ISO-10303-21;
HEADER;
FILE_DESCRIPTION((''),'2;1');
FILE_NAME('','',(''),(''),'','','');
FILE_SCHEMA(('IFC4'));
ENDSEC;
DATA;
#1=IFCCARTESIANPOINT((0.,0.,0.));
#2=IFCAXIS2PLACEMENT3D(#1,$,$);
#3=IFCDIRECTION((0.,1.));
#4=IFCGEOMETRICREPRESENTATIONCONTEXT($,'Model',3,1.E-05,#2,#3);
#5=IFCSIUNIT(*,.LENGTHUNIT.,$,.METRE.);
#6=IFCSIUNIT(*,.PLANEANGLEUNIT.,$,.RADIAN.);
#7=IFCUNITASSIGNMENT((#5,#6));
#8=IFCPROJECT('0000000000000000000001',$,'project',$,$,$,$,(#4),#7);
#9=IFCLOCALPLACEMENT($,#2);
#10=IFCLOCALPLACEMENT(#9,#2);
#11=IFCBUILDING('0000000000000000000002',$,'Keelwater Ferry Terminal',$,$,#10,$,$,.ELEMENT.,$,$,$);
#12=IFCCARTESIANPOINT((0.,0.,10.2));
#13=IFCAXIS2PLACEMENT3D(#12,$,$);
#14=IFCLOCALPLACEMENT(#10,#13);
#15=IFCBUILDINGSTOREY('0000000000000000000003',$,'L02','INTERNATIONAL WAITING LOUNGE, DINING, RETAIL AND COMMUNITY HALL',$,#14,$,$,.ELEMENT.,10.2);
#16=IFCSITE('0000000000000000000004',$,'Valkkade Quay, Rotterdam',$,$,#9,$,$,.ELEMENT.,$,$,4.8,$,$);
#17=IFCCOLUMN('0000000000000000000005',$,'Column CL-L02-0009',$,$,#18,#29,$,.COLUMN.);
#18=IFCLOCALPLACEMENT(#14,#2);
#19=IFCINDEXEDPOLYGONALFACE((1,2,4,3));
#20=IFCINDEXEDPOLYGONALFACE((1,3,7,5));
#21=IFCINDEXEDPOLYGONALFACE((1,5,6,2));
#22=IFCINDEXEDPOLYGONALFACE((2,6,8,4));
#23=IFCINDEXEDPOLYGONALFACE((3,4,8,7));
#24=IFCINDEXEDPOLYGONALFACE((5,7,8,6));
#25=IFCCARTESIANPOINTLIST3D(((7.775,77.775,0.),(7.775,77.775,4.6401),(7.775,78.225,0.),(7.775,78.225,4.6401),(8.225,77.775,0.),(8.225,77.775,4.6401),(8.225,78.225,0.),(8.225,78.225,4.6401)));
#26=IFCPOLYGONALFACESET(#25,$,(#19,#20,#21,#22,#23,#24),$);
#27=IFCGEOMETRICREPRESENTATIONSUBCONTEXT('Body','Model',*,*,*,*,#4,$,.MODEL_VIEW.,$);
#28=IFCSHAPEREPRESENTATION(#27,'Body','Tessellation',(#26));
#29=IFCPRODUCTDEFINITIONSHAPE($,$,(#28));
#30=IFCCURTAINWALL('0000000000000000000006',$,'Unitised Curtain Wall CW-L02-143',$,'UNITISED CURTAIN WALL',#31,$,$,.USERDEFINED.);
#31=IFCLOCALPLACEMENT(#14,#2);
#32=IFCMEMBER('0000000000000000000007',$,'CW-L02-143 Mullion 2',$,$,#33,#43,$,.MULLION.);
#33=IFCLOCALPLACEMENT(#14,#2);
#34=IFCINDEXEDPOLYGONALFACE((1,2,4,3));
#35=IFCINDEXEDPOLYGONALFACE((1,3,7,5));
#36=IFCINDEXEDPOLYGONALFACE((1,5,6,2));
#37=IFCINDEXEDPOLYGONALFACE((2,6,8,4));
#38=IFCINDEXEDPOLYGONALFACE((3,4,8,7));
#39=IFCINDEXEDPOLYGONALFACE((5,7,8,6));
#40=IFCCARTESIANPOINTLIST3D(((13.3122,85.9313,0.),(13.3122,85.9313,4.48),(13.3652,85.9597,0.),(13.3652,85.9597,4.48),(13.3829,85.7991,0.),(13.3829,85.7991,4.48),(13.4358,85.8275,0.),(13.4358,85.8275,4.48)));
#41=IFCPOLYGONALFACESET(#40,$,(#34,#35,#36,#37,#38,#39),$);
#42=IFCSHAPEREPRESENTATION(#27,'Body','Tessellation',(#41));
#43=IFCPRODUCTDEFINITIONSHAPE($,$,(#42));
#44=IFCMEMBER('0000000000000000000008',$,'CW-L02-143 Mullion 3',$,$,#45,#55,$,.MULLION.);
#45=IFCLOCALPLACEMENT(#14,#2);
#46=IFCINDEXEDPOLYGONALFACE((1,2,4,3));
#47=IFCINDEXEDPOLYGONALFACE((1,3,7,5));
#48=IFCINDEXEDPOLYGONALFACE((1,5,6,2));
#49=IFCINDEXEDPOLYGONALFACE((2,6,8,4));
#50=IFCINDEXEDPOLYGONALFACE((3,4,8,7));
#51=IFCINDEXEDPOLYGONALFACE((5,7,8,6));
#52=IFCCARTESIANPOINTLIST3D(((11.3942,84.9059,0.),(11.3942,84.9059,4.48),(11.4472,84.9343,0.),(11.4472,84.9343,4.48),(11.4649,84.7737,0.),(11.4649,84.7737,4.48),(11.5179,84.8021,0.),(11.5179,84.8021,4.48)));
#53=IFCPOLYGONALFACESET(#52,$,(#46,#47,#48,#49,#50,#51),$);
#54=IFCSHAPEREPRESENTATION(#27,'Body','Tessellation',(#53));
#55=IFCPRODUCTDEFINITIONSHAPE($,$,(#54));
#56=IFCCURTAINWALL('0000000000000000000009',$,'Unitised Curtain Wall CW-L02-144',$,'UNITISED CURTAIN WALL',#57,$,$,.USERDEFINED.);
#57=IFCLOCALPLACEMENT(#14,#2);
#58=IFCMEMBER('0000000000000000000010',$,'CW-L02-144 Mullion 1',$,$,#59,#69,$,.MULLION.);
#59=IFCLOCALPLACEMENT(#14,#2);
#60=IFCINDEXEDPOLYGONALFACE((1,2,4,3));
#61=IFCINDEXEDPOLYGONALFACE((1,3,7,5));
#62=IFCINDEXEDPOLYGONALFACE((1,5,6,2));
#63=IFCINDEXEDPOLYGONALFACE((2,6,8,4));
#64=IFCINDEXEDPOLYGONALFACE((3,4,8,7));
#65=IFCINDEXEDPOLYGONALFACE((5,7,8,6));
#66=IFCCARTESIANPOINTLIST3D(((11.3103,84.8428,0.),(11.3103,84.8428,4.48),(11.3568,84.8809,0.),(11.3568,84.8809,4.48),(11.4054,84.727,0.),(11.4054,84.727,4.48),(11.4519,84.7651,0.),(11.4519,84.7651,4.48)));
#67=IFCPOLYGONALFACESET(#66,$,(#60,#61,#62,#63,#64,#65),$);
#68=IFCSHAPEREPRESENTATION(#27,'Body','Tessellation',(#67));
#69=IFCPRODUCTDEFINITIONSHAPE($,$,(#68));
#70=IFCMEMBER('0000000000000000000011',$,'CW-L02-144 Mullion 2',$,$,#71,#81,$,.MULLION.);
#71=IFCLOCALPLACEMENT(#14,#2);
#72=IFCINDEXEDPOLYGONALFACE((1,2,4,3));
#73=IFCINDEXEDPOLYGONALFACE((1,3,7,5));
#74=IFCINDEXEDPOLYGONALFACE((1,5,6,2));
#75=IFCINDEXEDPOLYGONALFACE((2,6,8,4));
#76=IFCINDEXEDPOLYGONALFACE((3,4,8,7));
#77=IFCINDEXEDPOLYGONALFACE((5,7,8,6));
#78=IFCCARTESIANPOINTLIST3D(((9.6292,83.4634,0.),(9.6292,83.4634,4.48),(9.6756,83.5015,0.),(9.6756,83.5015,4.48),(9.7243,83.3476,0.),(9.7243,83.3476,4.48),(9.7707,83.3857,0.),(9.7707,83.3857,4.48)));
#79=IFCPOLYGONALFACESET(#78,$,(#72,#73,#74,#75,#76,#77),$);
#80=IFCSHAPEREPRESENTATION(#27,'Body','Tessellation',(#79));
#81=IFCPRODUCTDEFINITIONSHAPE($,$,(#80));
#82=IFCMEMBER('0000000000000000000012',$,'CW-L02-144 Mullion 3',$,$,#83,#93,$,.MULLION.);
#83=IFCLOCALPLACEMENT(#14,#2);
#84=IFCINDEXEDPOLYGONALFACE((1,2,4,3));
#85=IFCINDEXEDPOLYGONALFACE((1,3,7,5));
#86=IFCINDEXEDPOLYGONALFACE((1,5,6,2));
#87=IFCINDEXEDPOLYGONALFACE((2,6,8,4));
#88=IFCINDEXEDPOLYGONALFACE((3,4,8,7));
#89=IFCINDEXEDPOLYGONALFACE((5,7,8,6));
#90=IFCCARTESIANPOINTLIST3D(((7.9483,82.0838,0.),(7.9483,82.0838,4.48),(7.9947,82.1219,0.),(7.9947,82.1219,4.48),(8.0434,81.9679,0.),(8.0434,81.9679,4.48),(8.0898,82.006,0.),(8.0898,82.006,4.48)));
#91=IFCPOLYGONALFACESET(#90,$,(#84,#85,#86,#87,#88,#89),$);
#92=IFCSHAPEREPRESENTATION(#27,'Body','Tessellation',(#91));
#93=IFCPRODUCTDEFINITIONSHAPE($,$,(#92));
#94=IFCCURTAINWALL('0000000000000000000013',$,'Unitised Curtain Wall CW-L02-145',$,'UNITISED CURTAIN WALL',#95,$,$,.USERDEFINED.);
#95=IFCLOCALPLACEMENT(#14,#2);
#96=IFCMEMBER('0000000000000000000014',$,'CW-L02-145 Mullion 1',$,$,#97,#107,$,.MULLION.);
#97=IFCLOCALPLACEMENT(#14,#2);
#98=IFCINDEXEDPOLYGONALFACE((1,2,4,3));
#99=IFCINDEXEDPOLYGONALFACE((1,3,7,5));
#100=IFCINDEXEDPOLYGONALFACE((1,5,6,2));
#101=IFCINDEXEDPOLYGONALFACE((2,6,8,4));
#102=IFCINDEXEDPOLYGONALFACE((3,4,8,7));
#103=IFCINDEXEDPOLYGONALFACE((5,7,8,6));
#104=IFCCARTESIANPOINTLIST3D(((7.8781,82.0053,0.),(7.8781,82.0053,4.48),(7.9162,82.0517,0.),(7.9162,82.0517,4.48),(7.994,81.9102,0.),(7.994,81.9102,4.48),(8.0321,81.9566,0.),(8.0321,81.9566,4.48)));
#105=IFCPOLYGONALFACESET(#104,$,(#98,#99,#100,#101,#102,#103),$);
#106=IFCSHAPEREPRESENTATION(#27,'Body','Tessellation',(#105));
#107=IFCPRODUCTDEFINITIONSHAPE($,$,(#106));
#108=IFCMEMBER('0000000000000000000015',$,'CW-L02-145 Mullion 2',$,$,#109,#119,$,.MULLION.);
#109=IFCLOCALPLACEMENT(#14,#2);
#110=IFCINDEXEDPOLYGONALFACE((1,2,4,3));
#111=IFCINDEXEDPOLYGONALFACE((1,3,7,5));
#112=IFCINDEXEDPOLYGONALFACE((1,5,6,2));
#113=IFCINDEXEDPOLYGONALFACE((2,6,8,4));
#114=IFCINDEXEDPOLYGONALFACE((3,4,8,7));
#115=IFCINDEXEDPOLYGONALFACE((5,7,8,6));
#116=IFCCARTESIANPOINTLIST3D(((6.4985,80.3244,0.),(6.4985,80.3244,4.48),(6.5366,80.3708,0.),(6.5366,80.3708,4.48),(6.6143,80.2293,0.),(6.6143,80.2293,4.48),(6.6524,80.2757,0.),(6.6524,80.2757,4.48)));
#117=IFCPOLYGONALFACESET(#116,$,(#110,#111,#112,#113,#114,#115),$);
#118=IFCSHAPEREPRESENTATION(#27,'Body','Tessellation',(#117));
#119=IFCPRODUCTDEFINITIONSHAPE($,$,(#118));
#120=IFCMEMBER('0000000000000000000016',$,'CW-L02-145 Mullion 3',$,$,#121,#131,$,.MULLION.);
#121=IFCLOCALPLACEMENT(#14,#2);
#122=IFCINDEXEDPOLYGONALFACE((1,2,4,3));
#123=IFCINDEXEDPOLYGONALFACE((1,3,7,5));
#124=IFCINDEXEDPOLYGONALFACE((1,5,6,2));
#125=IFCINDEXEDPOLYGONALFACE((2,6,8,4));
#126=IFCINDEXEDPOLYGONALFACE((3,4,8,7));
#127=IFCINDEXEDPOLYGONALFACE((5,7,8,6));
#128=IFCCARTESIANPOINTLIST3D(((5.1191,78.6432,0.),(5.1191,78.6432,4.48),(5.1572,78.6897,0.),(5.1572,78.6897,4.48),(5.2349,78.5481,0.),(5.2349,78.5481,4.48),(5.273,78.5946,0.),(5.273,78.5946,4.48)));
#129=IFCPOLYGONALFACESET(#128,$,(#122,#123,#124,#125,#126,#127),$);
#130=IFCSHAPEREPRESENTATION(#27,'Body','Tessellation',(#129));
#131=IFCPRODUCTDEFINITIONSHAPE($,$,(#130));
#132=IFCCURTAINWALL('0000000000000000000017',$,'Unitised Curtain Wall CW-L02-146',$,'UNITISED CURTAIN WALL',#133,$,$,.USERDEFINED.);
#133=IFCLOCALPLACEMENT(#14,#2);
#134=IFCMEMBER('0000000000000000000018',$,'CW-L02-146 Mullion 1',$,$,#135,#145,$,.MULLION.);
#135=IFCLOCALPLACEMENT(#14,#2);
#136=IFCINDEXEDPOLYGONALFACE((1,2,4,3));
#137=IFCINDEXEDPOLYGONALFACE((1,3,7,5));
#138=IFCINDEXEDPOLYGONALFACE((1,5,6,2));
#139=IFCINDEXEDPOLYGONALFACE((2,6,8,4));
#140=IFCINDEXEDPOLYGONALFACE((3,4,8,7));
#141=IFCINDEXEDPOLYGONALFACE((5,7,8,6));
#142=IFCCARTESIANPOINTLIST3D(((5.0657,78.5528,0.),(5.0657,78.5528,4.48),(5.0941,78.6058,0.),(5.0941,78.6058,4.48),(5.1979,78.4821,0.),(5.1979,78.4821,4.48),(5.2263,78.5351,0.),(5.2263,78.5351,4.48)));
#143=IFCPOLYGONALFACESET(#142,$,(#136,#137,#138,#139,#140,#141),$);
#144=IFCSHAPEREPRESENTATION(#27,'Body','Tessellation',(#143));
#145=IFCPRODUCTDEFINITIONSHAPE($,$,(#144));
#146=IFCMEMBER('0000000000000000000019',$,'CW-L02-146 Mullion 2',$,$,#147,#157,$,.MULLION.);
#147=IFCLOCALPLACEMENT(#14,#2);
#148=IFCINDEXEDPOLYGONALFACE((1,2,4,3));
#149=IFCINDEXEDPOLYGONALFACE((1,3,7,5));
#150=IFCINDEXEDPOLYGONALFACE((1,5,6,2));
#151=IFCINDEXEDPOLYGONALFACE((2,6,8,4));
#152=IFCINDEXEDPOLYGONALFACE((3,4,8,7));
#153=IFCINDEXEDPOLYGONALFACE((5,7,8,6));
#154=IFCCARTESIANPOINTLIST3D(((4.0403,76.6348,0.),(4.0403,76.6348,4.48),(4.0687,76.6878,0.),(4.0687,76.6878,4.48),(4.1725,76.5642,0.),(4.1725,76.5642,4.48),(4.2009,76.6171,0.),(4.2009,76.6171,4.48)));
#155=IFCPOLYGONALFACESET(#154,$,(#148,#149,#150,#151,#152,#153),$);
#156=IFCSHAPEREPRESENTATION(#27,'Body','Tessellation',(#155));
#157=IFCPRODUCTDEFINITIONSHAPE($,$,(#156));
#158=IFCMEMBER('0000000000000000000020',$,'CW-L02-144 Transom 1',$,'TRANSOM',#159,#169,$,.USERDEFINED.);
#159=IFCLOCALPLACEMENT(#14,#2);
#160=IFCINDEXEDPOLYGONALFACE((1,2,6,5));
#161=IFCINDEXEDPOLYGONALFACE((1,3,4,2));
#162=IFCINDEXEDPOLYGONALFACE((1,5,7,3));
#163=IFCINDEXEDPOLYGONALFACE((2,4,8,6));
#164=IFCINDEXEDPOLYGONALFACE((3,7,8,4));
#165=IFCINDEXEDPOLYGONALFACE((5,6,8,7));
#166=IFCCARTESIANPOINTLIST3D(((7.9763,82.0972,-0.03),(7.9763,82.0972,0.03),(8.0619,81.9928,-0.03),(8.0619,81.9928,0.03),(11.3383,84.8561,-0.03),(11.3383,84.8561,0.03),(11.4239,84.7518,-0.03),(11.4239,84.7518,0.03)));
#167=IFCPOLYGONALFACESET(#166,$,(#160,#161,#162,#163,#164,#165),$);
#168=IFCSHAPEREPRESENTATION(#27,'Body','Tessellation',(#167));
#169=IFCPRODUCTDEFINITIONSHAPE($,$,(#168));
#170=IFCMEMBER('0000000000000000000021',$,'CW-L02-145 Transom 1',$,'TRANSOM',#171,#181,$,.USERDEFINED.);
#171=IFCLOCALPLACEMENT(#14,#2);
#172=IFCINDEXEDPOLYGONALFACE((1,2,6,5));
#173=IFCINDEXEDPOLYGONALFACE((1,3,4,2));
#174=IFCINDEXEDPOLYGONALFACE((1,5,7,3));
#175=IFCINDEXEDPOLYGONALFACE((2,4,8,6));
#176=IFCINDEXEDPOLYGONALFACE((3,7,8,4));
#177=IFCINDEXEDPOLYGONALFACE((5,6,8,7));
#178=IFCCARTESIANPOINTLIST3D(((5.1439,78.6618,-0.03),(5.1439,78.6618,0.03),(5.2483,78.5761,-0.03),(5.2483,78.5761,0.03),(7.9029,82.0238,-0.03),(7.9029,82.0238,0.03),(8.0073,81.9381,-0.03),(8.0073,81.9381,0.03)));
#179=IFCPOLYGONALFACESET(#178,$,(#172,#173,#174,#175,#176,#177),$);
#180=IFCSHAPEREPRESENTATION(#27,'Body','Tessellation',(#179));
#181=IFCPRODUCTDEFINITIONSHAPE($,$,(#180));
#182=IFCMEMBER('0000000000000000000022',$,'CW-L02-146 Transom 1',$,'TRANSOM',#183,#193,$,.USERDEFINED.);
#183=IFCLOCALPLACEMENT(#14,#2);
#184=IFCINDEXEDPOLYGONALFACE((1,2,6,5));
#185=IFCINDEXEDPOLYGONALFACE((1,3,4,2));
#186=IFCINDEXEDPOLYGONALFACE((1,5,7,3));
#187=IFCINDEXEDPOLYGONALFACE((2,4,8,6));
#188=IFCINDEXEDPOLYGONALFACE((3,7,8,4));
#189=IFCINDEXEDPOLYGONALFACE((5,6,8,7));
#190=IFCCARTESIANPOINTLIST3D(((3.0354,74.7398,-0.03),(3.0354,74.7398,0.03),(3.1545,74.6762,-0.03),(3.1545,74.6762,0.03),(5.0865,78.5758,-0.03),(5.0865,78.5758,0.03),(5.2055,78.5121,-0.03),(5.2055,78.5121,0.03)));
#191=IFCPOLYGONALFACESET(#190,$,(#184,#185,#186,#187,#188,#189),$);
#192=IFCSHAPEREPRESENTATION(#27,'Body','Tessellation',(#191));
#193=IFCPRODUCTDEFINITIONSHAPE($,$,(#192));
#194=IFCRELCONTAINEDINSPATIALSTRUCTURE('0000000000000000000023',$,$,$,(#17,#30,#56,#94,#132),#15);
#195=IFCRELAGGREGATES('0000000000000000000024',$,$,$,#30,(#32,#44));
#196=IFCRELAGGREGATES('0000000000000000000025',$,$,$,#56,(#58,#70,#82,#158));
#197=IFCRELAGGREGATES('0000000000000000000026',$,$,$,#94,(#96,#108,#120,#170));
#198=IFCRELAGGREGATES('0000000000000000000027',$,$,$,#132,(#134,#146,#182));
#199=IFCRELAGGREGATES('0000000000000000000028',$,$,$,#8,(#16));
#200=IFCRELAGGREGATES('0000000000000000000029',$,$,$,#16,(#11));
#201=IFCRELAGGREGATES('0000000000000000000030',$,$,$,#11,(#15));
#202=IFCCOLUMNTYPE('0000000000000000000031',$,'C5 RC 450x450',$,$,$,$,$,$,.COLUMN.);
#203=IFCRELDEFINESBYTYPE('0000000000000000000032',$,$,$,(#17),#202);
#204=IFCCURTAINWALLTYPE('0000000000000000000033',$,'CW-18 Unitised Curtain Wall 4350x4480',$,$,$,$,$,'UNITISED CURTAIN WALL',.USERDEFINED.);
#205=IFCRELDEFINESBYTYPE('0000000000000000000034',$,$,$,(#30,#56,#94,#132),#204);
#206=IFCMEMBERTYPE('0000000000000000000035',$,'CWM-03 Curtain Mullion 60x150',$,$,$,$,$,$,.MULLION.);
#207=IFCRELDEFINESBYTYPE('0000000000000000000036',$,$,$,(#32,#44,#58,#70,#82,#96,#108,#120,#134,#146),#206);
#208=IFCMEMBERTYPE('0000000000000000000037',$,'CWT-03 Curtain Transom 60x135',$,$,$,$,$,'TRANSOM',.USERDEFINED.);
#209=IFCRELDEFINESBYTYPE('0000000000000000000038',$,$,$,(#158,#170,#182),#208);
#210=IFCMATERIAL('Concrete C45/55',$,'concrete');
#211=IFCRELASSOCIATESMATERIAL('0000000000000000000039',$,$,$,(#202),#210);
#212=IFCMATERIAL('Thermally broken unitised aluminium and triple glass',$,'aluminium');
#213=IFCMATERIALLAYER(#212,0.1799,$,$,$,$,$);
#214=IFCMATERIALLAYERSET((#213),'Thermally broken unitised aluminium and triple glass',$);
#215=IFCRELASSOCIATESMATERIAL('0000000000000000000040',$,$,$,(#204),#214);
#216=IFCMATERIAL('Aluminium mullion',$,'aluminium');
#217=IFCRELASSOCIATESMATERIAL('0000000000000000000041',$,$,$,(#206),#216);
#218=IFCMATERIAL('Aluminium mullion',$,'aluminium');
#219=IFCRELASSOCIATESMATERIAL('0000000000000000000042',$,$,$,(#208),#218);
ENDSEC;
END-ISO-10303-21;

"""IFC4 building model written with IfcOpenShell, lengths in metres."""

from ifc_helpers import new_model, si_unit, direction, frame, origin, origin_2d, place, context, subcontext, project, spatial, rectangle, extrude, material, layer, layer_set, material_profile, profile_set, type_object, element, aggregate, save


model = new_model("IFC4")

# Units and contexts
model_context = context("Model", 3, precision=1e-05, world=origin(), true_north=direction((0.0, 1.0)))
body_context = subcontext(model_context, "Body", "Model", "MODEL_VIEW")
ifc_project = project(units=[si_unit("LENGTHUNIT", "METRE"), si_unit("PLANEANGLEUNIT", "RADIAN")], contexts=[model_context])

# Site, building, storey
site_placement = place(None, origin())
site = spatial("IfcSite", under=ifc_project, at=site_placement, Name="Valkkade Quay, Rotterdam", CompositionType="ELEMENT", RefElevation=4.8)
building_placement = place(site_placement, origin())
building = spatial("IfcBuilding", under=site, at=building_placement, Name="Keelwater Ferry Terminal", CompositionType="ELEMENT")
storey_placement = place(building_placement, frame((0.0, 0.0, 10.2)))
storey = spatial("IfcBuildingStorey", under=building, at=storey_placement, Name="L02", Description="INTERNATIONAL WAITING LOUNGE, DINING, RETAIL AND COMMUNITY HALL", CompositionType="ELEMENT", Elevation=10.2)

# Column
ifc_material_1 = material(Name="Concrete C45/55", Category="concrete")
ifc_material_profile_1 = material_profile(ifc_material_1, rectangle(XDim=0.45, YDim=0.45, at=origin_2d()), Name="RC 450x450")
ifc_profile_set_1 = profile_set([ifc_material_profile_1], Name="Concrete C45/55")
column_type = type_object("IfcColumnType", Name="C5 RC 450x450", PredefinedType="COLUMN", material=ifc_profile_set_1)
column_placement = place(storey_placement, frame((8.0, 78.0, 0.0), z_axis=(0.0, 0.0, 1.0), x_axis=(1.0, 0.0, 0.0)))
element("IfcColumn", 1, at=column_placement, inside=storey, type_object=column_type, Name="Column CL-L02-0009", PredefinedType="COLUMN", context=body_context, shape_type="SweptSolid", body=[
    extrude(rectangle(XDim=0.45, YDim=0.45, at=origin_2d()), origin(), (0.0, 0.0, 1.0), 4.6401),
])

# Curtain walls, members
ifc_material_2 = material(Name="Thermally broken unitised aluminium and triple glass", Category="aluminium")
ifc_layer_1 = layer(ifc_material_2, 0.1799)
ifc_layer_set_1 = layer_set([ifc_layer_1], Name="Thermally broken unitised aluminium and triple glass")
curtain_wall_type = type_object("IfcCurtainWallType", Name="CW-18 Unitised Curtain Wall 4350x4480", ElementType="UNITISED CURTAIN WALL", PredefinedType="USERDEFINED", material=ifc_layer_set_1)
curtain_wall_1_placement = place(storey_placement, origin())
curtain_wall_1 = element("IfcCurtainWall", 2, at=curtain_wall_1_placement, inside=storey, type_object=curtain_wall_type, Name="Unitised Curtain Wall CW-L02-143", ObjectType="UNITISED CURTAIN WALL", PredefinedType="USERDEFINED")
ifc_material_3 = material(Name="Aluminium mullion", Category="aluminium")
ifc_material_profile_2 = material_profile(ifc_material_3, rectangle(XDim=0.0601, YDim=0.1499, at=origin_2d()), Name="CWM-03")
ifc_profile_set_2 = profile_set([ifc_material_profile_2], Name="Aluminium mullion")
member_type_1 = type_object("IfcMemberType", Name="CWM-03 Curtain Mullion 60x150", PredefinedType="MULLION", material=ifc_profile_set_2)
member_1_placement = place(storey_placement, frame((13.374, 85.8794, 0.0), z_axis=(0.0, 0.0, 1.0), x_axis=(-0.881862, -0.471507, 0.0)))
member_1 = element("IfcMember", 3, at=member_1_placement, type_object=member_type_1, Name="CW-L02-143 Mullion 2", PredefinedType="MULLION", context=body_context, shape_type="SweptSolid", body=[
    extrude(rectangle(XDim=0.0601, YDim=0.1499, at=origin_2d()), origin(), (0.0, 0.0, 1.0), 4.48),
])
member_2_placement = place(storey_placement, frame((11.4561, 84.854, 0.0), z_axis=(0.0, 0.0, 1.0), x_axis=(-0.881862, -0.471507, 0.0)))
member_2 = element("IfcMember", 4, at=member_2_placement, type_object=member_type_1, Name="CW-L02-143 Mullion 3", PredefinedType="MULLION", context=body_context, shape_type="SweptSolid", body=[
    extrude(rectangle(XDim=0.0601, YDim=0.1499, at=origin_2d()), origin(), (0.0, 0.0, 1.0), 4.48),
])
curtain_wall_2_placement = place(storey_placement, origin())
curtain_wall_2 = element("IfcCurtainWall", 5, at=curtain_wall_2_placement, inside=storey, type_object=curtain_wall_type, Name="Unitised Curtain Wall CW-L02-144", ObjectType="UNITISED CURTAIN WALL", PredefinedType="USERDEFINED")
member_3_placement = place(storey_placement, frame((11.3811, 84.804, 0.0), z_axis=(0.0, 0.0, 1.0), x_axis=(-0.773024, -0.634377, 0.0)))
member_3 = element("IfcMember", 6, at=member_3_placement, type_object=member_type_1, Name="CW-L02-144 Mullion 1", PredefinedType="MULLION", context=body_context, shape_type="SweptSolid", body=[
    extrude(rectangle(XDim=0.0601, YDim=0.1499, at=origin_2d()), origin(), (0.0, 0.0, 1.0), 4.48),
])
member_4_placement = place(storey_placement, frame((9.7, 83.4246, 0.0), z_axis=(0.0, 0.0, 1.0), x_axis=(-0.773024, -0.634377, 0.0)))
member_4 = element("IfcMember", 7, at=member_4_placement, type_object=member_type_1, Name="CW-L02-144 Mullion 2", PredefinedType="MULLION", context=body_context, shape_type="SweptSolid", body=[
    extrude(rectangle(XDim=0.0601, YDim=0.1499, at=origin_2d()), origin(), (0.0, 0.0, 1.0), 4.48),
])
member_5_placement = place(storey_placement, frame((8.019, 82.0449, 0.0), z_axis=(0.0, 0.0, 1.0), x_axis=(-0.773024, -0.634377, 0.0)))
member_5 = element("IfcMember", 8, at=member_5_placement, type_object=member_type_1, Name="CW-L02-144 Mullion 3", PredefinedType="MULLION", context=body_context, shape_type="SweptSolid", body=[
    extrude(rectangle(XDim=0.0601, YDim=0.1499, at=origin_2d()), origin(), (0.0, 0.0, 1.0), 4.48),
])
curtain_wall_3_placement = place(storey_placement, origin())
curtain_wall_3 = element("IfcCurtainWall", 9, at=curtain_wall_3_placement, inside=storey, type_object=curtain_wall_type, Name="Unitised Curtain Wall CW-L02-145", ObjectType="UNITISED CURTAIN WALL", PredefinedType="USERDEFINED")
member_6_placement = place(storey_placement, frame((7.9551, 81.981, 0.0), z_axis=(0.0, 0.0, 1.0), x_axis=(-0.634377, -0.773024, 0.0)))
member_6 = element("IfcMember", 10, at=member_6_placement, type_object=member_type_1, Name="CW-L02-145 Mullion 1", PredefinedType="MULLION", context=body_context, shape_type="SweptSolid", body=[
    extrude(rectangle(XDim=0.0601, YDim=0.1499, at=origin_2d()), origin(), (0.0, 0.0, 1.0), 4.48),
])
member_7_placement = place(storey_placement, frame((6.5754, 80.3, 0.0), z_axis=(0.0, 0.0, 1.0), x_axis=(-0.634377, -0.773024, 0.0)))
member_7 = element("IfcMember", 11, at=member_7_placement, type_object=member_type_1, Name="CW-L02-145 Mullion 2", PredefinedType="MULLION", context=body_context, shape_type="SweptSolid", body=[
    extrude(rectangle(XDim=0.0601, YDim=0.1499, at=origin_2d()), origin(), (0.0, 0.0, 1.0), 4.48),
])
member_8_placement = place(storey_placement, frame((5.196, 78.6189, 0.0), z_axis=(0.0, 0.0, 1.0), x_axis=(-0.634377, -0.773024, 0.0)))
member_8 = element("IfcMember", 12, at=member_8_placement, type_object=member_type_1, Name="CW-L02-145 Mullion 3", PredefinedType="MULLION", context=body_context, shape_type="SweptSolid", body=[
    extrude(rectangle(XDim=0.0601, YDim=0.1499, at=origin_2d()), origin(), (0.0, 0.0, 1.0), 4.48),
])
curtain_wall_4_placement = place(storey_placement, origin())
curtain_wall_4 = element("IfcCurtainWall", 13, at=curtain_wall_4_placement, inside=storey, type_object=curtain_wall_type, Name="Unitised Curtain Wall CW-L02-146", ObjectType="UNITISED CURTAIN WALL", PredefinedType="USERDEFINED")
member_9_placement = place(storey_placement, frame((5.146, 78.5439, 0.0), z_axis=(0.0, 0.0, 1.0), x_axis=(-0.471507, -0.881862, 0.0)))
member_9 = element("IfcMember", 14, at=member_9_placement, type_object=member_type_1, Name="CW-L02-146 Mullion 1", PredefinedType="MULLION", context=body_context, shape_type="SweptSolid", body=[
    extrude(rectangle(XDim=0.0601, YDim=0.1499, at=origin_2d()), origin(), (0.0, 0.0, 1.0), 4.48),
])
member_10_placement = place(storey_placement, frame((4.1206, 76.626, 0.0), z_axis=(0.0, 0.0, 1.0), x_axis=(-0.471507, -0.881862, 0.0)))
member_10 = element("IfcMember", 15, at=member_10_placement, type_object=member_type_1, Name="CW-L02-146 Mullion 2", PredefinedType="MULLION", context=body_context, shape_type="SweptSolid", body=[
    extrude(rectangle(XDim=0.0601, YDim=0.1499, at=origin_2d()), origin(), (0.0, 0.0, 1.0), 4.48),
])

# Members
ifc_material_4 = material(Name="Aluminium mullion", Category="aluminium")
ifc_material_profile_3 = material_profile(ifc_material_4, rectangle(XDim=0.135, YDim=0.0601, at=origin_2d()), Name="CWT-03")
ifc_profile_set_3 = profile_set([ifc_material_profile_3], Name="Aluminium mullion")
member_type_2 = type_object("IfcMemberType", Name="CWT-03 Curtain Transom 60x135", ElementType="TRANSOM", PredefinedType="USERDEFINED", material=ifc_profile_set_3)
member_11_placement = place(storey_placement, frame((11.3811, 84.804, 0.0), z_axis=(-0.773026, -0.634374, 0.0), x_axis=(0.634374, -0.773026, 0.0)))
member_11 = element("IfcMember", 16, at=member_11_placement, type_object=member_type_2, Name="CW-L02-144 Transom 1", ObjectType="TRANSOM", PredefinedType="USERDEFINED", context=body_context, shape_type="SweptSolid", body=[
    extrude(rectangle(XDim=0.135, YDim=0.0601, at=origin_2d()), origin(), (0.0, 0.0, 1.0), 4.3491),
])
member_12_placement = place(storey_placement, frame((7.9551, 81.981, 0.0), z_axis=(-0.634374, -0.773026, 0.0), x_axis=(0.773026, -0.634374, 0.0)))
member_12 = element("IfcMember", 17, at=member_12_placement, type_object=member_type_2, Name="CW-L02-145 Transom 1", ObjectType="TRANSOM", PredefinedType="USERDEFINED", context=body_context, shape_type="SweptSolid", body=[
    extrude(rectangle(XDim=0.135, YDim=0.0601, at=origin_2d()), origin(), (0.0, 0.0, 1.0), 4.3491),
])
member_13_placement = place(storey_placement, frame((5.146, 78.5439, 0.0), z_axis=(-0.471517, -0.881857, 0.0), x_axis=(0.881857, -0.471517, 0.0)))
member_13 = element("IfcMember", 18, at=member_13_placement, type_object=member_type_2, Name="CW-L02-146 Transom 1", ObjectType="TRANSOM", PredefinedType="USERDEFINED", context=body_context, shape_type="SweptSolid", body=[
    extrude(rectangle(XDim=0.135, YDim=0.0601, at=origin_2d()), origin(), (0.0, 0.0, 1.0), 4.3499),
])

aggregate(curtain_wall_1, [member_1, member_2])
aggregate(curtain_wall_2, [member_3, member_4, member_5, member_11])
aggregate(curtain_wall_3, [member_6, member_7, member_8, member_12])
aggregate(curtain_wall_4, [member_9, member_10, member_13])

save(model, "model.ifc")
